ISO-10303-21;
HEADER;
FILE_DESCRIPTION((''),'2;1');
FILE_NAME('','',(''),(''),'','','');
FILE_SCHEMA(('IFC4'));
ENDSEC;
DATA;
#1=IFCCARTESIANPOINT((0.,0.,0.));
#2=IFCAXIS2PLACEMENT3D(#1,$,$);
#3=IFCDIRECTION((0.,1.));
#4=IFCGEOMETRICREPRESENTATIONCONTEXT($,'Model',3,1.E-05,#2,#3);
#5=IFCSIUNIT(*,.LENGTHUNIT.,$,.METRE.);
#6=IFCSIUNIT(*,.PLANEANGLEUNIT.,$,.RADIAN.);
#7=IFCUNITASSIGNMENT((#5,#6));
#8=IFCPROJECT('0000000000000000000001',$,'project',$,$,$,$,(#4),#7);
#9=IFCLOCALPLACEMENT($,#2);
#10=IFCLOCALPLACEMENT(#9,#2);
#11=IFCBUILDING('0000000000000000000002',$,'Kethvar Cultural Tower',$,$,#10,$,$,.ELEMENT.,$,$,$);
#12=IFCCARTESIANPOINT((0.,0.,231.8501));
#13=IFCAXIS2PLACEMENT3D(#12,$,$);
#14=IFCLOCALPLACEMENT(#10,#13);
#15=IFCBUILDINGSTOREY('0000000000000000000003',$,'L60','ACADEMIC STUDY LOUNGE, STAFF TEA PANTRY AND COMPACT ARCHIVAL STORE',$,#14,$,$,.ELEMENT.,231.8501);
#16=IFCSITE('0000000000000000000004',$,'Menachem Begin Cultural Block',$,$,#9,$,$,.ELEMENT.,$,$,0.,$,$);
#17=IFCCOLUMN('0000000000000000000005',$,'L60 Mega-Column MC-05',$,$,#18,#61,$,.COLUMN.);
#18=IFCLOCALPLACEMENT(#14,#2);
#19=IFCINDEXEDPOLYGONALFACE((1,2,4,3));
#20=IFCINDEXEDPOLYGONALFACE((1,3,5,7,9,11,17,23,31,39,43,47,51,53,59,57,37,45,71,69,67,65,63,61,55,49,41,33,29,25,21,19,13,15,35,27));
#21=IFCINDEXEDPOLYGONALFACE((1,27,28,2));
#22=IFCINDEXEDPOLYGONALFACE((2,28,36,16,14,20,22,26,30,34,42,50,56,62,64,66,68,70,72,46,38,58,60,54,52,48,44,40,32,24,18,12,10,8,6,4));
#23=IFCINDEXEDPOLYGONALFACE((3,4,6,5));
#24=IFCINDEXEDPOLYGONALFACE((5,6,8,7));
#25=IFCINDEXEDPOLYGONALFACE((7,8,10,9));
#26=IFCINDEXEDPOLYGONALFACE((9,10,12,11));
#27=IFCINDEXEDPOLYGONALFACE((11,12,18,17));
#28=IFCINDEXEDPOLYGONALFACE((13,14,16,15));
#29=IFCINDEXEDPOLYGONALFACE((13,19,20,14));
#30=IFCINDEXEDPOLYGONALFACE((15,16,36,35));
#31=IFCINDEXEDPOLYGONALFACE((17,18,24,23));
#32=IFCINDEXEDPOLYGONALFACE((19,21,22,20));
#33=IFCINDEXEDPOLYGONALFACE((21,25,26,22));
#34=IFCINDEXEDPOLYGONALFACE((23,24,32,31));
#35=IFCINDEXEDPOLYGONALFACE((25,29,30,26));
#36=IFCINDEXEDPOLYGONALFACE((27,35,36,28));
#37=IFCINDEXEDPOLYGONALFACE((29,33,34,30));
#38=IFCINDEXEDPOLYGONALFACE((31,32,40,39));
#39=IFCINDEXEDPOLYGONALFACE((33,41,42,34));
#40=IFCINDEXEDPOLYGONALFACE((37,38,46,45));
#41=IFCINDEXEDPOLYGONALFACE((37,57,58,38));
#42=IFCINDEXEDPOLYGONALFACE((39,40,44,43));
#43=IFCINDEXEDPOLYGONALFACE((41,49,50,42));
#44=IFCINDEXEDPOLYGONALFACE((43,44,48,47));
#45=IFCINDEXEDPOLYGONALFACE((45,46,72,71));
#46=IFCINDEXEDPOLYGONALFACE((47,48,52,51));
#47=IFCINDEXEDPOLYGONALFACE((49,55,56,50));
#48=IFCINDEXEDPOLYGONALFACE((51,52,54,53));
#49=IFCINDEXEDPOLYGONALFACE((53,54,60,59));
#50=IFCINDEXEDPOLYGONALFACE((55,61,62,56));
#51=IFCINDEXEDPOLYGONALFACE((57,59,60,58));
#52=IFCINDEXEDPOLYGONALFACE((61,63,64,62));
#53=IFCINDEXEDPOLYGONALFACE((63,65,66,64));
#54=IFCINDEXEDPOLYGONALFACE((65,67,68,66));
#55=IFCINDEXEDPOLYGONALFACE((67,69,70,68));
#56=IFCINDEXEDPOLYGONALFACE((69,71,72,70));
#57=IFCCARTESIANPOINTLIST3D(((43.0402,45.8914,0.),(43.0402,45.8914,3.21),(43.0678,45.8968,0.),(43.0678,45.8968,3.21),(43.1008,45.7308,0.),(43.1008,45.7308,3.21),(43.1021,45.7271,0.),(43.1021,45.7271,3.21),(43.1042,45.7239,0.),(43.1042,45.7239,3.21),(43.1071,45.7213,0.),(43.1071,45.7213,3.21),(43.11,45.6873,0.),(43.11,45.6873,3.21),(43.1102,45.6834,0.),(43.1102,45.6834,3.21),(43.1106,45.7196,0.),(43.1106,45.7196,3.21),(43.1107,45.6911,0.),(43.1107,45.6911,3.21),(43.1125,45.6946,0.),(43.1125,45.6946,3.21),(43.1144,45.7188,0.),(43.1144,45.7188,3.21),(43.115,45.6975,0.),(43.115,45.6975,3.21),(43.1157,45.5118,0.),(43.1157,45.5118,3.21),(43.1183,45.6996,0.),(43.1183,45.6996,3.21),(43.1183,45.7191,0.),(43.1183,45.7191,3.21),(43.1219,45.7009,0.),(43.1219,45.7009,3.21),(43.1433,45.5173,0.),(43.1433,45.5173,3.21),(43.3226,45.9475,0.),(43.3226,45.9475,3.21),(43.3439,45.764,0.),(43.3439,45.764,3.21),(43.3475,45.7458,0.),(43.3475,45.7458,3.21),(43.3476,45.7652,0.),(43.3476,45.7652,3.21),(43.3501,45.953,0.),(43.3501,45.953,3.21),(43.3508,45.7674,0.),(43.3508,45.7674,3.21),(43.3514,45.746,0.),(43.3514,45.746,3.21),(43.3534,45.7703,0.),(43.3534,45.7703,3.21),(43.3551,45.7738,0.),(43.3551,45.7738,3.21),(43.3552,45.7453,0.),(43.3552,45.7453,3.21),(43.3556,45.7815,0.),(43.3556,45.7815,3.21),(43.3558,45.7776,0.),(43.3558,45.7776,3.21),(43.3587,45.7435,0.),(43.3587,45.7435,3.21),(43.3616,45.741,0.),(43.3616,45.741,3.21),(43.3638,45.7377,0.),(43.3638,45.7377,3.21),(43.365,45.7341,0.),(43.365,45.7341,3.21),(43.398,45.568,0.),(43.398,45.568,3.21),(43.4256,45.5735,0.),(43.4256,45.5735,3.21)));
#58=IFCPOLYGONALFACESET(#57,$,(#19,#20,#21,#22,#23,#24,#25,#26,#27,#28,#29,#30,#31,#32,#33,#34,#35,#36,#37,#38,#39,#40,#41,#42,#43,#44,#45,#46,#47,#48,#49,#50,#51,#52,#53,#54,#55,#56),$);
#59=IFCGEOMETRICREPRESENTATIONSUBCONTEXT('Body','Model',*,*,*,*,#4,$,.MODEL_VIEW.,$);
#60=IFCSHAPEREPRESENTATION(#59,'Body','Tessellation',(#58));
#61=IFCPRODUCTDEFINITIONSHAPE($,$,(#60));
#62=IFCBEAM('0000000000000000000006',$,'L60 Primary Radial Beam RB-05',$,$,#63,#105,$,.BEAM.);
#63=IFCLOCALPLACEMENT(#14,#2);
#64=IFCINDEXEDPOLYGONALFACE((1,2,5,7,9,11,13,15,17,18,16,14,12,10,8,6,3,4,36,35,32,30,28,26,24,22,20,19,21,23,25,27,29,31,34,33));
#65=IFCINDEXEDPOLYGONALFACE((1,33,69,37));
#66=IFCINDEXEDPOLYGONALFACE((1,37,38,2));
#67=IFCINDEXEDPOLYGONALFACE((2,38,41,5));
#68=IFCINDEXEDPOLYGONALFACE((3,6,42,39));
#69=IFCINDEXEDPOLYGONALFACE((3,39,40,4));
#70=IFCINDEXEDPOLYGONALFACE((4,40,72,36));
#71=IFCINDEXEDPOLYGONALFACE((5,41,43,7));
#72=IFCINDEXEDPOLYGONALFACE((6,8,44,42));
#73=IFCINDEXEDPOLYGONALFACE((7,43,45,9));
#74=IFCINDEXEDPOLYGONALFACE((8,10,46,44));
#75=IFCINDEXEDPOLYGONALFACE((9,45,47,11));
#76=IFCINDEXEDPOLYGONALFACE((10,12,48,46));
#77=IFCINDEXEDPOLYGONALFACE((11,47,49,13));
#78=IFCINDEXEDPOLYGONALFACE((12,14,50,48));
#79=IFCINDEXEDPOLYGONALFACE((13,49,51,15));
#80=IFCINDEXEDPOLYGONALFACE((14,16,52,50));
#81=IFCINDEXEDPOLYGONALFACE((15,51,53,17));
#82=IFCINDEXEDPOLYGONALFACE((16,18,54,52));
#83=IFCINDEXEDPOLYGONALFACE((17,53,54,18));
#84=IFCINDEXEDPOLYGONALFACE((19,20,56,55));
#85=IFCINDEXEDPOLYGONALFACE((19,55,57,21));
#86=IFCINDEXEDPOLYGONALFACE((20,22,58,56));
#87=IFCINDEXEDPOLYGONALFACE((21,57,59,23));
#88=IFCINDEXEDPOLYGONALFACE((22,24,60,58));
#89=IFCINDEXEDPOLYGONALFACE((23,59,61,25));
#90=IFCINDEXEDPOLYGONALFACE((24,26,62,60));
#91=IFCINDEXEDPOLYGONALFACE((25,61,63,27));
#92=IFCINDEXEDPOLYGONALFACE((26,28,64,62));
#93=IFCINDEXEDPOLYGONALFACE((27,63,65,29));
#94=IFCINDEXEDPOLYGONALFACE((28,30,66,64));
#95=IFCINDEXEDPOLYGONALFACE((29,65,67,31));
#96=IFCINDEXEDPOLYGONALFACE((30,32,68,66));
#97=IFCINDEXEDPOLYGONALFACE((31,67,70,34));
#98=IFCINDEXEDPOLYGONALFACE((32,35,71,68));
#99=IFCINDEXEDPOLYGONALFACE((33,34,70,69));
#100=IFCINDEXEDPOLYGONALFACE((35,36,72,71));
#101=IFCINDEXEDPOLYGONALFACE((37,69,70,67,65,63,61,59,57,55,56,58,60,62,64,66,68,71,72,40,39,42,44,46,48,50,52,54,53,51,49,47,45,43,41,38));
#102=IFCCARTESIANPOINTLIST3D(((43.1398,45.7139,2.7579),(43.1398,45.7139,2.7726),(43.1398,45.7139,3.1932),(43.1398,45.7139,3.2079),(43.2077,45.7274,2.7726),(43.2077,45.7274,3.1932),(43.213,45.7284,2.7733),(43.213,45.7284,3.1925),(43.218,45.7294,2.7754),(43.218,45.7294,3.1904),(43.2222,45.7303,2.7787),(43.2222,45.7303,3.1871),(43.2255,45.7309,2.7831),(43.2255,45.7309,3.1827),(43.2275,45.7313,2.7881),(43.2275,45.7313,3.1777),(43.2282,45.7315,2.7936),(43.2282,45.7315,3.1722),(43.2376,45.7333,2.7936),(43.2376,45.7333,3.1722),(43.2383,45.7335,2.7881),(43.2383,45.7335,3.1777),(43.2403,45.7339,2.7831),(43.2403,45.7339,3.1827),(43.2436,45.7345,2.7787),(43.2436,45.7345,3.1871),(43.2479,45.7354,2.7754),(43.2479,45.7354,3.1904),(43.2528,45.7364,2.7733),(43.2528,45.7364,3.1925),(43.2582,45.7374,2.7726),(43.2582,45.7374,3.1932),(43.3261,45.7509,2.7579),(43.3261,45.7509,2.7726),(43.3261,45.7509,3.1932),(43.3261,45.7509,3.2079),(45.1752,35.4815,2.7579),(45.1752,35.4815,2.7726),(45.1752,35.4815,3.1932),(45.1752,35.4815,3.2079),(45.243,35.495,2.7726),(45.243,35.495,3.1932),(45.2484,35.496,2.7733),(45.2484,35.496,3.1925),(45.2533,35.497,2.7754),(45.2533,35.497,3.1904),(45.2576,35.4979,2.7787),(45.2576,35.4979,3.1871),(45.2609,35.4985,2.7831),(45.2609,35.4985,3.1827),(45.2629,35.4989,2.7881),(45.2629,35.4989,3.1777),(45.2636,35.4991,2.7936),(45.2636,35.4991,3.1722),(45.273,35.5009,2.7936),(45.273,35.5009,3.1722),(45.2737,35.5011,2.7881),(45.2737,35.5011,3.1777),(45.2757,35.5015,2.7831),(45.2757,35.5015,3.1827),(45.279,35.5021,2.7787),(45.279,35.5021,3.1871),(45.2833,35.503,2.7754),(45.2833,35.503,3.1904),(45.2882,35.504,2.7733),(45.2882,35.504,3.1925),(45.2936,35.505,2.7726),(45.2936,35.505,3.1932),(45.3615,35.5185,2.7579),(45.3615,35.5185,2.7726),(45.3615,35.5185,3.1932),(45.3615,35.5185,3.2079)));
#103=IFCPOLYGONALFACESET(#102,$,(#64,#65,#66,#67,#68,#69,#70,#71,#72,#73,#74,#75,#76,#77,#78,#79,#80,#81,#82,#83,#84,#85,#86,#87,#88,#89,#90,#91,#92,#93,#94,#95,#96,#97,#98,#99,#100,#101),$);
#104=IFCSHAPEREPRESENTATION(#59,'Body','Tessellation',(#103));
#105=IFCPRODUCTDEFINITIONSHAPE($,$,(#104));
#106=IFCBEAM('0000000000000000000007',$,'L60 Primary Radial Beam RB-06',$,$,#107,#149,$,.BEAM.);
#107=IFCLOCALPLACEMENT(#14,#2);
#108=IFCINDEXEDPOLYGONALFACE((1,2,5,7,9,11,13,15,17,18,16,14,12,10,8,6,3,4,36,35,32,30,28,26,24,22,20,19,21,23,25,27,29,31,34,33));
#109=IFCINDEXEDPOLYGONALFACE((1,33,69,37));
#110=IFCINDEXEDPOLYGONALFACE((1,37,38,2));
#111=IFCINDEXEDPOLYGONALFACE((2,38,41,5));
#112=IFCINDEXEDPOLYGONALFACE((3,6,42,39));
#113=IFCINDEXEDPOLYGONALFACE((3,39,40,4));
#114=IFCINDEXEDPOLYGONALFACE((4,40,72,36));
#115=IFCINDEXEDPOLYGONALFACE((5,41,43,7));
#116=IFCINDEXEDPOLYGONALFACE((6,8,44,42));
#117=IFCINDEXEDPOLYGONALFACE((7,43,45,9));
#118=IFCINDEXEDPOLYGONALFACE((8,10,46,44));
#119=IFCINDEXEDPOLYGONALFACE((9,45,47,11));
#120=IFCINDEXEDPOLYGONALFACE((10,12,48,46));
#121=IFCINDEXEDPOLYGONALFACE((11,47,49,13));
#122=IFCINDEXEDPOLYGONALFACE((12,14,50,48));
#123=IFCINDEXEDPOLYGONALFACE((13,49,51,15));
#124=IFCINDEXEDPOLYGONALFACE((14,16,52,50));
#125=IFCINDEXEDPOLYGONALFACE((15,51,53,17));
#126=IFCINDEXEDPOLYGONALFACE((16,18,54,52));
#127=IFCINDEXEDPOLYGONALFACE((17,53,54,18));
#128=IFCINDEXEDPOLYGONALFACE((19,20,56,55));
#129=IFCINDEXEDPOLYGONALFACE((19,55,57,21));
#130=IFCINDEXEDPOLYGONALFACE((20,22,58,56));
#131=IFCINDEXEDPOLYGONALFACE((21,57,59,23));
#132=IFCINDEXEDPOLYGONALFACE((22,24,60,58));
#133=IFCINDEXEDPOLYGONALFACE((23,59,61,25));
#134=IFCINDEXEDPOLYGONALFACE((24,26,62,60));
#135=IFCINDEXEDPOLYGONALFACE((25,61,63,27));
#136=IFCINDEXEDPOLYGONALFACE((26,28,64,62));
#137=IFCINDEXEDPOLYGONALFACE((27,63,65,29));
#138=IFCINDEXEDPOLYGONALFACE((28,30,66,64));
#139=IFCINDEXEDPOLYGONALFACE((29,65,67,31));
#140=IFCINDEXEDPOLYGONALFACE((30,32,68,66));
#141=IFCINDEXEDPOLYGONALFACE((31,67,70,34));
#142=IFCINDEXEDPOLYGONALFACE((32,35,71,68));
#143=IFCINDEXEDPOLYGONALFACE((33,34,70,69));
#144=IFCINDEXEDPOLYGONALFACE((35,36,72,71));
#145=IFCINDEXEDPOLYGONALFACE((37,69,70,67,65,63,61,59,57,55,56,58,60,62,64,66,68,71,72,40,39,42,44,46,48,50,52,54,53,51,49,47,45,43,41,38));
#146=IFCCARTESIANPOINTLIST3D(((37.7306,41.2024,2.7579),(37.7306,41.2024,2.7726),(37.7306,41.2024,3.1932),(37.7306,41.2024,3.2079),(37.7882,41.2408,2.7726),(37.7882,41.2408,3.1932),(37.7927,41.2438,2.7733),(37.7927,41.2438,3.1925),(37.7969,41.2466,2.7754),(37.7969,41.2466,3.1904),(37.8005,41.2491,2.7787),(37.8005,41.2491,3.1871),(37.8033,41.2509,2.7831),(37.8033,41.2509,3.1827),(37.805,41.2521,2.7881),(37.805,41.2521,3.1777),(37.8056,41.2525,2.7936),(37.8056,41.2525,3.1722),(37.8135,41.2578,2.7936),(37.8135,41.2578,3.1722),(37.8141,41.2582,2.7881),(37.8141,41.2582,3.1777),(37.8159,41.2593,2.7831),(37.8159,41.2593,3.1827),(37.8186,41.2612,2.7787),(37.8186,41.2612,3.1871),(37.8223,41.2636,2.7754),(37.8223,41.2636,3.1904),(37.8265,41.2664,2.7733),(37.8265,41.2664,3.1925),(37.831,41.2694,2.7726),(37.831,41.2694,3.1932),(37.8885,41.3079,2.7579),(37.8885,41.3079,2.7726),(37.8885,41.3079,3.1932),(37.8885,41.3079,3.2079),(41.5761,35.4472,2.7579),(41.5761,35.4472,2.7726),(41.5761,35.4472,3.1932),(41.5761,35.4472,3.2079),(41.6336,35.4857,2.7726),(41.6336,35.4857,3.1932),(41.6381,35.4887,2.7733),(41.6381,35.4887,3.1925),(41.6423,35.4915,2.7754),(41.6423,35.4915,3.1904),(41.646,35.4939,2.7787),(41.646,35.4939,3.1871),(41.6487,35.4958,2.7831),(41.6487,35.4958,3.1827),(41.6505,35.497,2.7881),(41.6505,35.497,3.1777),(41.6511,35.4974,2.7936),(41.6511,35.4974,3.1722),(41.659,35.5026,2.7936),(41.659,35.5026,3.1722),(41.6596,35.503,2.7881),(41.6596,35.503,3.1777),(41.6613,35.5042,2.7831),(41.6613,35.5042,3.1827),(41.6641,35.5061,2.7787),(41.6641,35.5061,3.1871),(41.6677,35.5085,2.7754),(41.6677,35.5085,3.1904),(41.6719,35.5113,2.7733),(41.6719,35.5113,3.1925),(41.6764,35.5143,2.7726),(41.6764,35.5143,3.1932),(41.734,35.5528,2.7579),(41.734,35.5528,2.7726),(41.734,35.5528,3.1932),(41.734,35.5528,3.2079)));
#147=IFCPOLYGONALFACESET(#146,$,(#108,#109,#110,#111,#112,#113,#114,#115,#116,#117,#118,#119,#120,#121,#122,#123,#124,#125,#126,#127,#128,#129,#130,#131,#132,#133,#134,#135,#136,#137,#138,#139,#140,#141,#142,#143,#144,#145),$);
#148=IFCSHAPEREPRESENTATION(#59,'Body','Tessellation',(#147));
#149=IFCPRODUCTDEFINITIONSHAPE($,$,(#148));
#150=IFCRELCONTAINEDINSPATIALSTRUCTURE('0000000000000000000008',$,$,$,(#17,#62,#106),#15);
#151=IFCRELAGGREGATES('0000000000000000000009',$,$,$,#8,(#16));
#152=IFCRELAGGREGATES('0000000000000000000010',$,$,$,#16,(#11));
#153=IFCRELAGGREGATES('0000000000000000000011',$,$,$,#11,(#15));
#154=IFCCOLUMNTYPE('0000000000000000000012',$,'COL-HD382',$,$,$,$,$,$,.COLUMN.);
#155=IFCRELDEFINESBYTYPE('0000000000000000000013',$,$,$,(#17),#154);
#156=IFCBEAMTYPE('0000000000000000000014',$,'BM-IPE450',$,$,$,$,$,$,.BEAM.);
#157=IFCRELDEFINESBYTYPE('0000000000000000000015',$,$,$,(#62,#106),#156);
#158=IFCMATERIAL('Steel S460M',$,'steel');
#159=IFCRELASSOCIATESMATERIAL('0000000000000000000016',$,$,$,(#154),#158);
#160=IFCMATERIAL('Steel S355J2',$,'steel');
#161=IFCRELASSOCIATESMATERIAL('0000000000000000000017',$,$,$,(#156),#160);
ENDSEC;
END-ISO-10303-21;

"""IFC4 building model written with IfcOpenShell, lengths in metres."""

from ifc_helpers import new_model, si_unit, direction, frame, origin, origin_2d, place, context, subcontext, project, spatial, i_section, extrude, source, transform, mapped, material, material_profile, profile_set, type_object, element, save


model = new_model("IFC4")

# Units and contexts
model_context = context("Model", 3, precision=1e-05, world=origin(), true_north=direction((0.0, 1.0)))
body_context = subcontext(model_context, "Body", "Model", "MODEL_VIEW")
ifc_project = project(units=[si_unit("LENGTHUNIT", "METRE"), si_unit("PLANEANGLEUNIT", "RADIAN")], contexts=[model_context])

# Site, building, storey
site_placement = place(None, origin())
site = spatial("IfcSite", under=ifc_project, at=site_placement, Name="Menachem Begin Cultural Block", CompositionType="ELEMENT", RefElevation=0.0)
building_placement = place(site_placement, origin())
building = spatial("IfcBuilding", under=site, at=building_placement, Name="Kethvar Cultural Tower", CompositionType="ELEMENT")
storey_placement = place(building_placement, frame((0.0, 0.0, 231.8501)))
storey = spatial("IfcBuildingStorey", under=building, at=storey_placement, Name="L60", Description="ACADEMIC STUDY LOUNGE, STAFF TEA PANTRY AND COMPACT ARCHIVAL STORE", CompositionType="ELEMENT", Elevation=231.8501)

# Column
ifc_material_1 = material(Name="Steel S460M", Category="steel")
ifc_material_profile_1 = material_profile(ifc_material_1, i_section(OverallWidth=0.387, OverallDepth=0.3159, WebThickness=0.0186, FlangeThickness=0.0281, FilletRadius=0.0149, at=origin_2d()), Name="Steel S460M — HD400x382")
ifc_profile_set_1 = profile_set([ifc_material_profile_1], Name="Steel S460M — HD400x382")
column_type = type_object("IfcColumnType", Name="COL-HD382", PredefinedType="COLUMN", material=ifc_profile_set_1)
shared_shape_1 = source(origin(), body_context, "Body", "SweptSolid", [
    extrude(i_section(OverallWidth=0.387, OverallDepth=0.3159, WebThickness=0.0186, FlangeThickness=0.0281, FilletRadius=0.0149, at=origin_2d()), origin(), (0.0, 0.0, 1.0), 3.21),
])
column_placement = place(storey_placement, frame((43.2329, 45.7324, 0.0), z_axis=(0.0, 0.0, 1.0), x_axis=(-0.19509, 0.980785, 0.0)))
element("IfcColumn", 1, at=column_placement, inside=storey, type_object=column_type, Name="L60 Mega-Column MC-05", PredefinedType="COLUMN", context=body_context, shape_type="MappedRepresentation", body=[
    mapped(shared_shape_1, transform((0.0, 0.0, 0.0), scale=1.0)),
])

# Beams
ifc_material_2 = material(Name="Steel S355J2", Category="steel")
ifc_material_profile_2 = material_profile(ifc_material_2, i_section(OverallWidth=0.1899, OverallDepth=0.45, WebThickness=0.0095, FlangeThickness=0.0146, FilletRadius=0.021, at=origin_2d()), Name="Steel S355J2 — IPE450")
ifc_profile_set_2 = profile_set([ifc_material_profile_2], Name="Steel S355J2 — IPE450")
beam_type_1 = type_object("IfcBeamType", Name="BM-IPE450", PredefinedType="BEAM", material=ifc_profile_set_2)
shared_shape_2 = source(origin(), body_context, "Body", "SweptSolid", [
    extrude(i_section(OverallWidth=0.1899, OverallDepth=0.45, WebThickness=0.0095, FlangeThickness=0.0146, FilletRadius=0.021, at=origin_2d()), origin(), (0.0, 0.0, 1.0), 10.4329),
])
beam_1_placement = place(storey_placement, frame((45.2683, 35.5, 2.9829), z_axis=(-0.195094, 0.980784, 0.0), x_axis=(-0.980784, -0.195094, 0.0)))
element("IfcBeam", 2, at=beam_1_placement, inside=storey, type_object=beam_type_1, Name="L60 Primary Radial Beam RB-05", PredefinedType="BEAM", context=body_context, shape_type="MappedRepresentation", body=[
    mapped(shared_shape_2, transform((0.0, 0.0, 0.0), scale=1.0)),
])
shared_shape_3 = source(origin(), body_context, "Body", "SweptSolid", [
    extrude(i_section(OverallWidth=0.1899, OverallDepth=0.45, WebThickness=0.0095, FlangeThickness=0.0146, FilletRadius=0.021, at=origin_2d()), origin(), (0.0, 0.0, 1.0), 6.9216),
])
beam_2_placement = place(storey_placement, frame((41.655, 35.5, 2.9829), z_axis=(-0.555571, 0.831469, 0.0), x_axis=(-0.831469, -0.555571, 0.0)))
element("IfcBeam", 3, at=beam_2_placement, inside=storey, type_object=beam_type_1, Name="L60 Primary Radial Beam RB-06", PredefinedType="BEAM", context=body_context, shape_type="MappedRepresentation", body=[
    mapped(shared_shape_3, transform((0.0, 0.0, 0.0), scale=1.0)),
])

save(model, "model.ifc")
